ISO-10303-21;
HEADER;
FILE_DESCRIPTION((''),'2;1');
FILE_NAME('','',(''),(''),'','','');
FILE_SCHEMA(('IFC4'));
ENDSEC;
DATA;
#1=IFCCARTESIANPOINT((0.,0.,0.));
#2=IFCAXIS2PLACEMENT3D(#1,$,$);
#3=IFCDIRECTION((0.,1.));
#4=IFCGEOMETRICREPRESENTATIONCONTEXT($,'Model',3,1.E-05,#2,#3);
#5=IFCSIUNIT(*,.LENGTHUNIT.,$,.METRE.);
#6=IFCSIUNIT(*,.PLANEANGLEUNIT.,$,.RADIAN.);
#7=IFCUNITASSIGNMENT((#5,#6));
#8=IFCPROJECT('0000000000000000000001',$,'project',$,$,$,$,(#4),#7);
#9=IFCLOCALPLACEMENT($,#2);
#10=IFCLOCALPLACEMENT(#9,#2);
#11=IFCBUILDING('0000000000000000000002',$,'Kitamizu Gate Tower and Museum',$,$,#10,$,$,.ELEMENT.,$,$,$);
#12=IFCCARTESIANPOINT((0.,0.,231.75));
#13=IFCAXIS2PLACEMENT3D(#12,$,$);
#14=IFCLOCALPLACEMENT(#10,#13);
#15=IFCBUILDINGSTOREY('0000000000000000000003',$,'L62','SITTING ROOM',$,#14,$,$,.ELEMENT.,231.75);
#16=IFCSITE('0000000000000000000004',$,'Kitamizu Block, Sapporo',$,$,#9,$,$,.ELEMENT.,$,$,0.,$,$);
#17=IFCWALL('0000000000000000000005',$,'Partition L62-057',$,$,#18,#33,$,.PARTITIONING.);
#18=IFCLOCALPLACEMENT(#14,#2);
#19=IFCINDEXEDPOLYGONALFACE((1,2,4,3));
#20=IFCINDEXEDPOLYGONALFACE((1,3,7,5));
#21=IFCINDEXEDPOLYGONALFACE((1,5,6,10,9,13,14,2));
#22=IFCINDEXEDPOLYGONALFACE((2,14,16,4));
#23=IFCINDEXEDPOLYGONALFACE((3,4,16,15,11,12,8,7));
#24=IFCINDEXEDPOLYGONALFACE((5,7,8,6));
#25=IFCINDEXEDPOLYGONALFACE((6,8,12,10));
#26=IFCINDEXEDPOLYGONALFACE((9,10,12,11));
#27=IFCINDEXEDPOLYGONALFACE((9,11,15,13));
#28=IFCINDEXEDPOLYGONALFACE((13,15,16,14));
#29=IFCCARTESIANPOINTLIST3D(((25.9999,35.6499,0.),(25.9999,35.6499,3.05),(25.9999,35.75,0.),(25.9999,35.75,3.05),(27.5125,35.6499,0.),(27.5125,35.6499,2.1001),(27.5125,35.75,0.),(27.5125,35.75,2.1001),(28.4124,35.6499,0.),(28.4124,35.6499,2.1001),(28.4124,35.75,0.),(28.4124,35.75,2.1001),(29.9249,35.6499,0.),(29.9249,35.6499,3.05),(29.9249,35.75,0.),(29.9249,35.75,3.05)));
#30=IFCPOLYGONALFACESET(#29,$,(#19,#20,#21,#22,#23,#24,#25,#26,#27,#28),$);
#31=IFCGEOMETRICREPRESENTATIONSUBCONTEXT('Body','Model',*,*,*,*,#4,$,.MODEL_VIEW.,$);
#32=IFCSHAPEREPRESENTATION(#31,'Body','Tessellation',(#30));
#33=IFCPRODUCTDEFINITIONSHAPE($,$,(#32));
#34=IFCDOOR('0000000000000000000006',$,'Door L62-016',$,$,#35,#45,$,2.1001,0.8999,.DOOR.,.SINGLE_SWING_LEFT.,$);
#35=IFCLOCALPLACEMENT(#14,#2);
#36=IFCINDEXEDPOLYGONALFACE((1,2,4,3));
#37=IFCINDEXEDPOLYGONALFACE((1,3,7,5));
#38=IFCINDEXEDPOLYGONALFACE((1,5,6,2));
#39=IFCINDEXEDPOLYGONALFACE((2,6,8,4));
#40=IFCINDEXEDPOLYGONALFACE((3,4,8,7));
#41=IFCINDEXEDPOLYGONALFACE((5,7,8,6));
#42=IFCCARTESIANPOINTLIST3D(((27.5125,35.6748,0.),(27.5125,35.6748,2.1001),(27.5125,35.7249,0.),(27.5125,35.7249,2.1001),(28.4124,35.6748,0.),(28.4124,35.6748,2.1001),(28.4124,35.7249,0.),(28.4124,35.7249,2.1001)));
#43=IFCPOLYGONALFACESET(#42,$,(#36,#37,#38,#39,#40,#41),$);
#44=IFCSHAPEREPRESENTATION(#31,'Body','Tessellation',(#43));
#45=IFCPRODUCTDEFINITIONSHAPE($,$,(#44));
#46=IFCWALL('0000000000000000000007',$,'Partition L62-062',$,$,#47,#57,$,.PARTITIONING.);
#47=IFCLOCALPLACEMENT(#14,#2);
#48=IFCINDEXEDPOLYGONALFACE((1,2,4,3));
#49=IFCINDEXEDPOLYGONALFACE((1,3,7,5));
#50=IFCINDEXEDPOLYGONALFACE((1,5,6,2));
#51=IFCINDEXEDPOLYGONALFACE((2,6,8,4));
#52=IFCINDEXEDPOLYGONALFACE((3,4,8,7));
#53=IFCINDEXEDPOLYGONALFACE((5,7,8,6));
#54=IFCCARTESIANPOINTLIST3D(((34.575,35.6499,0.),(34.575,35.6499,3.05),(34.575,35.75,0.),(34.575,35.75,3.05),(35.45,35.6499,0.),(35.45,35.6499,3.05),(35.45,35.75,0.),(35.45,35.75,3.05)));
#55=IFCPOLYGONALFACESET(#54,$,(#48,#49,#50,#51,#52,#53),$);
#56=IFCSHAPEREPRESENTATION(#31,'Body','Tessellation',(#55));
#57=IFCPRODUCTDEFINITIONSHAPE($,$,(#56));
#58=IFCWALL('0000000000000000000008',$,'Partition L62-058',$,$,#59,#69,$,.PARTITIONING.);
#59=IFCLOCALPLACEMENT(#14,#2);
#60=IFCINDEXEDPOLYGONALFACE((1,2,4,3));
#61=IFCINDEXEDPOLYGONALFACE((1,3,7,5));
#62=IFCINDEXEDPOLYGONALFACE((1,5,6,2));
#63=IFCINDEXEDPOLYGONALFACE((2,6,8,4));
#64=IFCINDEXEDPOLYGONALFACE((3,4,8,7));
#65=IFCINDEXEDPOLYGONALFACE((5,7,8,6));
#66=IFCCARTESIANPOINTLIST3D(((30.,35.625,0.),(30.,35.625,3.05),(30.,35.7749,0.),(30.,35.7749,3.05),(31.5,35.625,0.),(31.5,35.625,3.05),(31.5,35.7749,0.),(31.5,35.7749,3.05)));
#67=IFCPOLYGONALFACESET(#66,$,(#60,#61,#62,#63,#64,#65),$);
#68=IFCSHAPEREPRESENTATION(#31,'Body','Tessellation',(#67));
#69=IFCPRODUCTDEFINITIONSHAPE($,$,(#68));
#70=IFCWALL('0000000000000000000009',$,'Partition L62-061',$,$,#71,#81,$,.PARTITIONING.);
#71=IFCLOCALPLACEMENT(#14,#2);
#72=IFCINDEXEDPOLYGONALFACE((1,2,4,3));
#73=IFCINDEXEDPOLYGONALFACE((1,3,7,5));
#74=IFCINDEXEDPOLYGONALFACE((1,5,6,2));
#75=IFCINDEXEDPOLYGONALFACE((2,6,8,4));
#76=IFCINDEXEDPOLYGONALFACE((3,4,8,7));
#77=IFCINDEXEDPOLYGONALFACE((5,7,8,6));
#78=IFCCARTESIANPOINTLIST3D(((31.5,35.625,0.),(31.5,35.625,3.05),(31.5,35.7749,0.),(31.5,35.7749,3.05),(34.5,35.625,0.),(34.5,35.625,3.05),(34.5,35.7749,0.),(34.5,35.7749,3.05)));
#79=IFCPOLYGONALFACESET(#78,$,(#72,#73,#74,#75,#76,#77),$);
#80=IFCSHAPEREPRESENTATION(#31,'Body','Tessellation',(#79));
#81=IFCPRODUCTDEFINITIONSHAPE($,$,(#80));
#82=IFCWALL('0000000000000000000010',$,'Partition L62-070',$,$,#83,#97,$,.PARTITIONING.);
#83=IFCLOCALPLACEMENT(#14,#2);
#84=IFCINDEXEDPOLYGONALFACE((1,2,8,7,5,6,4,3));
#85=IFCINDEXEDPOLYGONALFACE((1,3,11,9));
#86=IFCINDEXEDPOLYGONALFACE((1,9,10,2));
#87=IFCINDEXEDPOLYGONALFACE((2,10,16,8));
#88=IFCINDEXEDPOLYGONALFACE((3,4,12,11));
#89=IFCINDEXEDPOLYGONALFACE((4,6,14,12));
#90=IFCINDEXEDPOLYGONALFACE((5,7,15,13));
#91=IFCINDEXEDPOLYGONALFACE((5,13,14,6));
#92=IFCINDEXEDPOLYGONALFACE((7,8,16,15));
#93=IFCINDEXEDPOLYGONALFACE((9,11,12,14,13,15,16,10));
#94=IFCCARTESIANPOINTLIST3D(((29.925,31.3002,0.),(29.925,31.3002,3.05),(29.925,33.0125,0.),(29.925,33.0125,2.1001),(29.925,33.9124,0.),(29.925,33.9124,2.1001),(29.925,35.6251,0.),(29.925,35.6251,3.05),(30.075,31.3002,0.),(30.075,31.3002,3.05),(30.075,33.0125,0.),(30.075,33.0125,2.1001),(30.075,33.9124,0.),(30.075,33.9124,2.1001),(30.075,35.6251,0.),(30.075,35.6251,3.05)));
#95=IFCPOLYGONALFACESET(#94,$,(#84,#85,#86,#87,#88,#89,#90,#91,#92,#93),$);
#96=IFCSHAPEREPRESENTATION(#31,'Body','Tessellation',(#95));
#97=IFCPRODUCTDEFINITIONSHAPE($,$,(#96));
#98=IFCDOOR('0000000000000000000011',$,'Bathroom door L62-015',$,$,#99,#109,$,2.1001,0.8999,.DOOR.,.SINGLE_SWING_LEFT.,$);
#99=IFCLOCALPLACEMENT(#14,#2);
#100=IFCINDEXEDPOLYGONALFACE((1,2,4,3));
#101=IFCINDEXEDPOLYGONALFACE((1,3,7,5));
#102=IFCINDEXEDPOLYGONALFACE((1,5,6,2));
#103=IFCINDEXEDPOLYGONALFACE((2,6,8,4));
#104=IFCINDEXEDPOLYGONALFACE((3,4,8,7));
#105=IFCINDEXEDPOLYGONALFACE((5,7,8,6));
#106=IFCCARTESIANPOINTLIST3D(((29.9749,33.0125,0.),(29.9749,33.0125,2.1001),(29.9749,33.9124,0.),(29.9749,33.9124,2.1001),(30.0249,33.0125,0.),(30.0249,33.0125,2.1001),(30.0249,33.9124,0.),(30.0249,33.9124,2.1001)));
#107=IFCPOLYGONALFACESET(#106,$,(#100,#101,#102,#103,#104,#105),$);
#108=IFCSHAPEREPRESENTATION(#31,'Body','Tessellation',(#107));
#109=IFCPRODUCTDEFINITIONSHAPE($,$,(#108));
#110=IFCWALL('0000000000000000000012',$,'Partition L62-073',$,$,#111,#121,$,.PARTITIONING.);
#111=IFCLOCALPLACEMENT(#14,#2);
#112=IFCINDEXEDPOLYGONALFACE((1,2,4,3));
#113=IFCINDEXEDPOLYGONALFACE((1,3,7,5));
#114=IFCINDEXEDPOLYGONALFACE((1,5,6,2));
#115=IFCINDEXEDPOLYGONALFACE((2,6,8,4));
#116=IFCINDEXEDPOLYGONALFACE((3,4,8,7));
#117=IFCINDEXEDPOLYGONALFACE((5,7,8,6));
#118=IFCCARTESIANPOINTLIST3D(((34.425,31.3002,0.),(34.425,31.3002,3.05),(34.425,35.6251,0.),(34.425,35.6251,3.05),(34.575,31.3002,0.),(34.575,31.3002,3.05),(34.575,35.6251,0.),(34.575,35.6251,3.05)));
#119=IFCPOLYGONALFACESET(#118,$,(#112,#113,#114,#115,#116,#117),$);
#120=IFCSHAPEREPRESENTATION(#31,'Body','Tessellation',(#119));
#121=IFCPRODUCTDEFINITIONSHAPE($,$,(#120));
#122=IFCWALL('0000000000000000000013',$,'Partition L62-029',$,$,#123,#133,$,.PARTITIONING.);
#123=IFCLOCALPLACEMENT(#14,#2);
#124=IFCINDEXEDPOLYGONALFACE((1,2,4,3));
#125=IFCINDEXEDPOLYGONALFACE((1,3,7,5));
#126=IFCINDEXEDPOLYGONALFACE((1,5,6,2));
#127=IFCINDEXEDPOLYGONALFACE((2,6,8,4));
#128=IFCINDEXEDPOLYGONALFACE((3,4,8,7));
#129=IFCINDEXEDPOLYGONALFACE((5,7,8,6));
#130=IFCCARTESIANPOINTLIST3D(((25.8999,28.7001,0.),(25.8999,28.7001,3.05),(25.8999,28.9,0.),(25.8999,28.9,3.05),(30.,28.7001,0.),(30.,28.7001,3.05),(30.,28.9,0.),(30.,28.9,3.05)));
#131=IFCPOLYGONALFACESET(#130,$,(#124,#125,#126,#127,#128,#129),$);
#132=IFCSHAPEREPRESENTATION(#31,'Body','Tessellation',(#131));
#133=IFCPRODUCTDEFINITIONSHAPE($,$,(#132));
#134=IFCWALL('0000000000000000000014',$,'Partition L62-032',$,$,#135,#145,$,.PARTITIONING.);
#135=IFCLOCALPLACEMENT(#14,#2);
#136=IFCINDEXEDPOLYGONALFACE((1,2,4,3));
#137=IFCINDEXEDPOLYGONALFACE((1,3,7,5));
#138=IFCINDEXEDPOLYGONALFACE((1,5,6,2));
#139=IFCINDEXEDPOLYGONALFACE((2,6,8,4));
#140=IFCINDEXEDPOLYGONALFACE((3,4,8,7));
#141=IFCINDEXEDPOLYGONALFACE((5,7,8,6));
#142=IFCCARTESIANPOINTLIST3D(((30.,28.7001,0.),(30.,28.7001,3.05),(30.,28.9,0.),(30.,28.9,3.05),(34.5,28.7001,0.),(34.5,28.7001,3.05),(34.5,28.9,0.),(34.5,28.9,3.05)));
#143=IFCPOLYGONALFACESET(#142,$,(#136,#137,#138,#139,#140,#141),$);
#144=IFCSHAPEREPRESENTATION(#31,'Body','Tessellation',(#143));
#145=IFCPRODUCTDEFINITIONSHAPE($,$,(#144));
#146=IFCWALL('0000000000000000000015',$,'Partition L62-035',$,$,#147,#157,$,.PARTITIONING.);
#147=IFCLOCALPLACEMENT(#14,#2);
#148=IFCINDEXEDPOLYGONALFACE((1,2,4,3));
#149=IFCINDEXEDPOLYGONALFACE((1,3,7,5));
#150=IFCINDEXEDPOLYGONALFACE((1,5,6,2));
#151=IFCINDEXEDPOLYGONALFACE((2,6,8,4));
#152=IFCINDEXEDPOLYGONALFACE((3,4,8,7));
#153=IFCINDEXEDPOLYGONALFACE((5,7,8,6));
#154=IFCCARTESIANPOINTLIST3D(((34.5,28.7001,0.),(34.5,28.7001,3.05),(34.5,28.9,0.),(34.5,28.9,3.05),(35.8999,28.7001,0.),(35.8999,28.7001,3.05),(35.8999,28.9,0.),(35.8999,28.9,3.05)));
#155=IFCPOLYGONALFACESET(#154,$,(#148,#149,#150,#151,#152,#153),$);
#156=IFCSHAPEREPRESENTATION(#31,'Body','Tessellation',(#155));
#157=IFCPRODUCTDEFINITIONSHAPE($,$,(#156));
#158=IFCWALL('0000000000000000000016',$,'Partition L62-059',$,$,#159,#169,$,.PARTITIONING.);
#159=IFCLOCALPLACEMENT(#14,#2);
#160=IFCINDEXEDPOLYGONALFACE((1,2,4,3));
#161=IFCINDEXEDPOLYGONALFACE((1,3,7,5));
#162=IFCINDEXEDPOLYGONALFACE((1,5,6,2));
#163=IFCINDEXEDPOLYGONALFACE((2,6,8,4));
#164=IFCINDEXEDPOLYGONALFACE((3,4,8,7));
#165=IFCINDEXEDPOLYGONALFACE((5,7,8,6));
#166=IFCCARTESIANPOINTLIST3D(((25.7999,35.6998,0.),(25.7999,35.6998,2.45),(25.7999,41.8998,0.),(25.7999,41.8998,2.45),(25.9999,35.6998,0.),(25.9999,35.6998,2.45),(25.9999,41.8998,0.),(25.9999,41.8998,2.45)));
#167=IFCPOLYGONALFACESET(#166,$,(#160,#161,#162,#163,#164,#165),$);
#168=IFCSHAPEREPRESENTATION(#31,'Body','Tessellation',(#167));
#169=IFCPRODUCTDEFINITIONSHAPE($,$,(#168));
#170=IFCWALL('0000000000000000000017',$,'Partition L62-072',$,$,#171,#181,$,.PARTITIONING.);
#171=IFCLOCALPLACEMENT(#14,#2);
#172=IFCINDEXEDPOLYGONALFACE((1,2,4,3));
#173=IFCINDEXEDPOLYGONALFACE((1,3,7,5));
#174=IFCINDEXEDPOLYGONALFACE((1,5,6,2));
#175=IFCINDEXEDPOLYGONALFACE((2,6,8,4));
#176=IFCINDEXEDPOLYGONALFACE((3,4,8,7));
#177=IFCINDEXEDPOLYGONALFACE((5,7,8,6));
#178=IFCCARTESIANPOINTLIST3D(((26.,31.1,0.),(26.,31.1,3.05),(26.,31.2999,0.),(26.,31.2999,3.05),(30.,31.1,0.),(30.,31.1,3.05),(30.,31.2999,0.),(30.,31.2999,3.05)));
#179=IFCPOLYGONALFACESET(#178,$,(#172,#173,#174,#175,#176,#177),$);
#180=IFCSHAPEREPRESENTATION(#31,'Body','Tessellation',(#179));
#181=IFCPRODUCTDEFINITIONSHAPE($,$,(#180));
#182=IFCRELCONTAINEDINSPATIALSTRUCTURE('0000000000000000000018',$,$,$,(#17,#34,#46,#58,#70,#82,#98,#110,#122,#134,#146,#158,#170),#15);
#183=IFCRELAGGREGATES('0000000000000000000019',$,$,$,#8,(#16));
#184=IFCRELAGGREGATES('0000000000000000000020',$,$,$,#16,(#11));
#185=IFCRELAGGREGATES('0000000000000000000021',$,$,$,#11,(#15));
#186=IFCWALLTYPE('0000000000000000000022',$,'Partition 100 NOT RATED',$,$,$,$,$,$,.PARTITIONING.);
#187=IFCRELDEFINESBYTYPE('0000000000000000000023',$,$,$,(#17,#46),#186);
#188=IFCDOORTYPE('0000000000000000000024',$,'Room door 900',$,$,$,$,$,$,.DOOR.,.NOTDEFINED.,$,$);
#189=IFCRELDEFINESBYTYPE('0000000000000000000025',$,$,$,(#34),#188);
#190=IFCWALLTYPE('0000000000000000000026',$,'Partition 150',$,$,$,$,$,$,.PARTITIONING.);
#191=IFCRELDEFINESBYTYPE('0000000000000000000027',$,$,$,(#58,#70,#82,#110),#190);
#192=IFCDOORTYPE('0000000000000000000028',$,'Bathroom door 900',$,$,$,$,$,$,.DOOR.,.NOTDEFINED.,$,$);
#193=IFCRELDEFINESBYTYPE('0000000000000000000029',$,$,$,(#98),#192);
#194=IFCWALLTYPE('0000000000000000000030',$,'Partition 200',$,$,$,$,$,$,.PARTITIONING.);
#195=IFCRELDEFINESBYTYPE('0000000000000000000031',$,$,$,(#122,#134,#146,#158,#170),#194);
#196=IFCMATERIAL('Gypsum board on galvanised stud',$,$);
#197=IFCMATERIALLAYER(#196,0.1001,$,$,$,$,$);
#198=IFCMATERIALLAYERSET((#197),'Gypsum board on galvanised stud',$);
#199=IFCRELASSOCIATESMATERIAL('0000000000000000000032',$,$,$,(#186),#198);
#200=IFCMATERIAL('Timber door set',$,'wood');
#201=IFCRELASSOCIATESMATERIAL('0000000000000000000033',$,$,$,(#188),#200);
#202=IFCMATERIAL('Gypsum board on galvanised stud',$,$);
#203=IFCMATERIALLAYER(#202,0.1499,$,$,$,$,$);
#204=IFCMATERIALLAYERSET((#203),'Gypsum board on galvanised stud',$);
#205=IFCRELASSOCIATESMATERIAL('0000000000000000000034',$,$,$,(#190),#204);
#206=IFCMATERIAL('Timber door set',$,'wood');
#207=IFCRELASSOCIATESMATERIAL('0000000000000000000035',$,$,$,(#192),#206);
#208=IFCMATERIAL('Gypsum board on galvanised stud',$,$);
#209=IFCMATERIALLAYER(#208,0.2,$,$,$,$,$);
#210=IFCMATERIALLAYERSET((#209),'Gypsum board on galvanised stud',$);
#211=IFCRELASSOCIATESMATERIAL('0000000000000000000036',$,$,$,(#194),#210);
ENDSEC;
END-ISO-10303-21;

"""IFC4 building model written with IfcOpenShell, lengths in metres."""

from ifc_helpers import new_model, si_unit, direction, frame, frame_2d, origin, place, context, subcontext, project, spatial, rectangle, extrude, material, layer, layer_set, type_object, element, fill, save


model = new_model("IFC4")

# Units and contexts
model_context = context("Model", 3, precision=1e-05, world=origin(), true_north=direction((0.0, 1.0)))
body_context = subcontext(model_context, "Body", "Model", "MODEL_VIEW")
ifc_project = project(units=[si_unit("LENGTHUNIT", "METRE"), si_unit("PLANEANGLEUNIT", "RADIAN")], contexts=[model_context])

# Site, building, storey
site_placement = place(None, origin())
site = spatial("IfcSite", under=ifc_project, at=site_placement, Name="Kitamizu Block, Sapporo", CompositionType="ELEMENT", RefElevation=0.0)
building_placement = place(site_placement, origin())
building = spatial("IfcBuilding", under=site, at=building_placement, Name="Kitamizu Gate Tower and Museum", CompositionType="ELEMENT")
storey_placement = place(building_placement, frame((0.0, 0.0, 231.75)))
storey = spatial("IfcBuildingStorey", under=building, at=storey_placement, Name="L62", Description="SITTING ROOM", CompositionType="ELEMENT", Elevation=231.75)

# Shared definitions
ifc_material_1 = material(Name="Gypsum board on galvanised stud")
ifc_layer_1 = layer(ifc_material_1, 0.1001)
ifc_layer_set_1 = layer_set([ifc_layer_1], Name="Gypsum board on galvanised stud")
wall_type_1 = type_object("IfcWallType", Name="Partition 100 NOT RATED", PredefinedType="PARTITIONING", material=ifc_layer_set_1)
ifc_material_2 = material(Name="Timber door set", Category="wood")
door_type_1 = type_object("IfcDoorType", Name="Room door 900", OperationType="NOTDEFINED", PredefinedType="DOOR", material=ifc_material_2)

# Wall, opening, door
wall_1_placement = place(storey_placement, frame((26.0, 35.7, 0.0), z_axis=(0.0, 0.0, 1.0), x_axis=(1.0, 0.0, 0.0)))
wall_1 = element("IfcWall", 1, at=wall_1_placement, inside=storey, type_object=wall_type_1, Name="Partition L62-057", PredefinedType="PARTITIONING", context=body_context, shape_type="SweptSolid", body=[
    extrude(rectangle(XDim=3.925, YDim=0.1001, at=frame_2d((1.9624, 0.0))), origin(), (0.0, 0.0, 1.0), 3.05),
])
opening_1_placement = place(wall_1_placement, frame((1.5125, 0.0, 0.0)))
opening_1 = element("IfcOpeningElement", 2, at=opening_1_placement, cuts=wall_1, PredefinedType="OPENING", context=body_context, shape_type="SweptSolid", body=[
    extrude(rectangle(XDim=0.8999, YDim=2.1001, at=frame_2d((0.45, 1.05))), frame((0.0, 0.0601, 0.0), z_axis=(0.0, -1.0, 0.0), x_axis=(1.0, 0.0, 0.0)), (0.0, 0.0, 1.0), 0.1201),
])
door_1_placement = place(opening_1_placement, origin())
door_1 = element("IfcDoor", 3, at=door_1_placement, inside=storey, type_object=door_type_1, Name="Door L62-016", OperationType="SINGLE_SWING_LEFT", OverallHeight=2.1001, OverallWidth=0.8999, PredefinedType="DOOR", context=body_context, shape_type="SweptSolid", body=[
    extrude(rectangle(XDim=0.8999, YDim=2.1001, at=frame_2d((0.45, 1.05))), frame((0.0, 0.0249, 0.0), z_axis=(0.0, -1.0, 0.0), x_axis=(1.0, 0.0, 0.0)), (0.0, 0.0, 1.0), 0.05),
])
fill(opening_1, door_1)

# Walls
wall_2_placement = place(storey_placement, frame((34.575, 35.7, 0.0), z_axis=(0.0, 0.0, 1.0), x_axis=(1.0, 0.0, 0.0)))
element("IfcWall", 4, at=wall_2_placement, inside=storey, type_object=wall_type_1, Name="Partition L62-062", PredefinedType="PARTITIONING", context=body_context, shape_type="SweptSolid", body=[
    extrude(rectangle(XDim=0.875, YDim=0.1001, at=frame_2d((0.4375, 0.0))), origin(), (0.0, 0.0, 1.0), 3.05),
])
ifc_material_3 = material(Name="Gypsum board on galvanised stud")
ifc_layer_2 = layer(ifc_material_3, 0.1499)
ifc_layer_set_2 = layer_set([ifc_layer_2], Name="Gypsum board on galvanised stud")
wall_type_2 = type_object("IfcWallType", Name="Partition 150", PredefinedType="PARTITIONING", material=ifc_layer_set_2)
wall_3_placement = place(storey_placement, frame((30.0, 35.7, 0.0), z_axis=(0.0, 0.0, 1.0), x_axis=(1.0, 0.0, 0.0)))
element("IfcWall", 5, at=wall_3_placement, inside=storey, type_object=wall_type_2, Name="Partition L62-058", PredefinedType="PARTITIONING", context=body_context, shape_type="SweptSolid", body=[
    extrude(rectangle(XDim=1.5, YDim=0.1499, at=frame_2d((0.75, 0.0))), origin(), (0.0, 0.0, 1.0), 3.05),
])
wall_4_placement = place(storey_placement, frame((31.5, 35.7, 0.0), z_axis=(0.0, 0.0, 1.0), x_axis=(1.0, 0.0, 0.0)))
element("IfcWall", 6, at=wall_4_placement, inside=storey, type_object=wall_type_2, Name="Partition L62-061", PredefinedType="PARTITIONING", context=body_context, shape_type="SweptSolid", body=[
    extrude(rectangle(XDim=3.0, YDim=0.1499, at=frame_2d((1.5, 0.0))), origin(), (0.0, 0.0, 1.0), 3.05),
])

# Wall, opening, door
wall_5_placement = place(storey_placement, frame((30.0, 31.3, 0.0), z_axis=(0.0, 0.0, 1.0), x_axis=(0.0, 1.0, 0.0)))
wall_5 = element("IfcWall", 7, at=wall_5_placement, inside=storey, type_object=wall_type_2, Name="Partition L62-070", PredefinedType="PARTITIONING", context=body_context, shape_type="SweptSolid", body=[
    extrude(rectangle(XDim=4.325, YDim=0.1499, at=frame_2d((2.1626, 0.0))), origin(), (0.0, 0.0, 1.0), 3.05),
])
opening_2_placement = place(wall_5_placement, frame((1.7124, 0.0, 0.0)))
opening_2 = element("IfcOpeningElement", 8, at=opening_2_placement, cuts=wall_5, PredefinedType="OPENING", context=body_context, shape_type="SweptSolid", body=[
    extrude(rectangle(XDim=0.8999, YDim=2.1001, at=frame_2d((0.45, 1.05))), frame((0.0, 0.085, 0.0), z_axis=(0.0, -1.0, 0.0), x_axis=(1.0, 0.0, 0.0)), (0.0, 0.0, 1.0), 0.1699),
])
ifc_material_4 = material(Name="Timber door set", Category="wood")
door_type_2 = type_object("IfcDoorType", Name="Bathroom door 900", OperationType="NOTDEFINED", PredefinedType="DOOR", material=ifc_material_4)
door_2_placement = place(opening_2_placement, frame((0.8999, 0.0, 0.0), x_axis=(-1.0, 0.0, 0.0)))
door_2 = element("IfcDoor", 9, at=door_2_placement, inside=storey, type_object=door_type_2, Name="Bathroom door L62-015", OperationType="SINGLE_SWING_LEFT", OverallHeight=2.1001, OverallWidth=0.8999, PredefinedType="DOOR", context=body_context, shape_type="SweptSolid", body=[
    extrude(rectangle(XDim=0.8999, YDim=2.1001, at=frame_2d((0.45, 1.05))), frame((0.0, 0.0249, 0.0), z_axis=(0.0, -1.0, 0.0), x_axis=(1.0, 0.0, 0.0)), (0.0, 0.0, 1.0), 0.05),
])
fill(opening_2, door_2)

# Walls
wall_6_placement = place(storey_placement, frame((34.5, 31.3, 0.0), z_axis=(0.0, 0.0, 1.0), x_axis=(0.0, 1.0, 0.0)))
element("IfcWall", 10, at=wall_6_placement, inside=storey, type_object=wall_type_2, Name="Partition L62-073", PredefinedType="PARTITIONING", context=body_context, shape_type="SweptSolid", body=[
    extrude(rectangle(XDim=4.325, YDim=0.1499, at=frame_2d((2.1626, 0.0))), origin(), (0.0, 0.0, 1.0), 3.05),
])
ifc_material_5 = material(Name="Gypsum board on galvanised stud")
ifc_layer_3 = layer(ifc_material_5, 0.2)
ifc_layer_set_3 = layer_set([ifc_layer_3], Name="Gypsum board on galvanised stud")
wall_type_3 = type_object("IfcWallType", Name="Partition 200", PredefinedType="PARTITIONING", material=ifc_layer_set_3)
wall_7_placement = place(storey_placement, frame((30.0, 28.8, 0.0), z_axis=(0.0, 0.0, 1.0), x_axis=(-1.0, 0.0, 0.0)))
element("IfcWall", 11, at=wall_7_placement, inside=storey, type_object=wall_type_3, Name="Partition L62-029", PredefinedType="PARTITIONING", context=body_context, shape_type="SweptSolid", body=[
    extrude(rectangle(XDim=4.1001, YDim=0.2, at=frame_2d((2.05, 0.0))), origin(), (0.0, 0.0, 1.0), 3.05),
])
wall_8_placement = place(storey_placement, frame((34.5, 28.8, 0.0), z_axis=(0.0, 0.0, 1.0), x_axis=(-1.0, 0.0, 0.0)))
element("IfcWall", 12, at=wall_8_placement, inside=storey, type_object=wall_type_3, Name="Partition L62-032", PredefinedType="PARTITIONING", context=body_context, shape_type="SweptSolid", body=[
    extrude(rectangle(XDim=4.5, YDim=0.2, at=frame_2d((2.25, 0.0))), origin(), (0.0, 0.0, 1.0), 3.05),
])
wall_9_placement = place(storey_placement, frame((35.8999, 28.8, 0.0), z_axis=(0.0, 0.0, 1.0), x_axis=(-1.0, 0.0, 0.0)))
element("IfcWall", 13, at=wall_9_placement, inside=storey, type_object=wall_type_3, Name="Partition L62-035", PredefinedType="PARTITIONING", context=body_context, shape_type="SweptSolid", body=[
    extrude(rectangle(XDim=1.3999, YDim=0.2, at=frame_2d((0.7, 0.0))), origin(), (0.0, 0.0, 1.0), 3.05),
])
wall_10_placement = place(storey_placement, frame((25.8999, 41.8999, 0.0), z_axis=(0.0, 0.0, 1.0), x_axis=(0.0, -1.0, 0.0)))
element("IfcWall", 14, at=wall_10_placement, inside=storey, type_object=wall_type_3, Name="Partition L62-059", PredefinedType="PARTITIONING", context=body_context, shape_type="SweptSolid", body=[
    extrude(rectangle(XDim=6.2, YDim=0.2, at=frame_2d((3.1001, 0.0))), origin(), (0.0, 0.0, 1.0), 2.45),
])
wall_11_placement = place(storey_placement, frame((26.0, 31.2, 0.0), z_axis=(0.0, 0.0, 1.0), x_axis=(1.0, 0.0, 0.0)))
element("IfcWall", 15, at=wall_11_placement, inside=storey, type_object=wall_type_3, Name="Partition L62-072", PredefinedType="PARTITIONING", context=body_context, shape_type="SweptSolid", body=[
    extrude(rectangle(XDim=4.0, YDim=0.2, at=frame_2d((2.0, 0.0))), origin(), (0.0, 0.0, 1.0), 3.05),
])

save(model, "model.ifc")
